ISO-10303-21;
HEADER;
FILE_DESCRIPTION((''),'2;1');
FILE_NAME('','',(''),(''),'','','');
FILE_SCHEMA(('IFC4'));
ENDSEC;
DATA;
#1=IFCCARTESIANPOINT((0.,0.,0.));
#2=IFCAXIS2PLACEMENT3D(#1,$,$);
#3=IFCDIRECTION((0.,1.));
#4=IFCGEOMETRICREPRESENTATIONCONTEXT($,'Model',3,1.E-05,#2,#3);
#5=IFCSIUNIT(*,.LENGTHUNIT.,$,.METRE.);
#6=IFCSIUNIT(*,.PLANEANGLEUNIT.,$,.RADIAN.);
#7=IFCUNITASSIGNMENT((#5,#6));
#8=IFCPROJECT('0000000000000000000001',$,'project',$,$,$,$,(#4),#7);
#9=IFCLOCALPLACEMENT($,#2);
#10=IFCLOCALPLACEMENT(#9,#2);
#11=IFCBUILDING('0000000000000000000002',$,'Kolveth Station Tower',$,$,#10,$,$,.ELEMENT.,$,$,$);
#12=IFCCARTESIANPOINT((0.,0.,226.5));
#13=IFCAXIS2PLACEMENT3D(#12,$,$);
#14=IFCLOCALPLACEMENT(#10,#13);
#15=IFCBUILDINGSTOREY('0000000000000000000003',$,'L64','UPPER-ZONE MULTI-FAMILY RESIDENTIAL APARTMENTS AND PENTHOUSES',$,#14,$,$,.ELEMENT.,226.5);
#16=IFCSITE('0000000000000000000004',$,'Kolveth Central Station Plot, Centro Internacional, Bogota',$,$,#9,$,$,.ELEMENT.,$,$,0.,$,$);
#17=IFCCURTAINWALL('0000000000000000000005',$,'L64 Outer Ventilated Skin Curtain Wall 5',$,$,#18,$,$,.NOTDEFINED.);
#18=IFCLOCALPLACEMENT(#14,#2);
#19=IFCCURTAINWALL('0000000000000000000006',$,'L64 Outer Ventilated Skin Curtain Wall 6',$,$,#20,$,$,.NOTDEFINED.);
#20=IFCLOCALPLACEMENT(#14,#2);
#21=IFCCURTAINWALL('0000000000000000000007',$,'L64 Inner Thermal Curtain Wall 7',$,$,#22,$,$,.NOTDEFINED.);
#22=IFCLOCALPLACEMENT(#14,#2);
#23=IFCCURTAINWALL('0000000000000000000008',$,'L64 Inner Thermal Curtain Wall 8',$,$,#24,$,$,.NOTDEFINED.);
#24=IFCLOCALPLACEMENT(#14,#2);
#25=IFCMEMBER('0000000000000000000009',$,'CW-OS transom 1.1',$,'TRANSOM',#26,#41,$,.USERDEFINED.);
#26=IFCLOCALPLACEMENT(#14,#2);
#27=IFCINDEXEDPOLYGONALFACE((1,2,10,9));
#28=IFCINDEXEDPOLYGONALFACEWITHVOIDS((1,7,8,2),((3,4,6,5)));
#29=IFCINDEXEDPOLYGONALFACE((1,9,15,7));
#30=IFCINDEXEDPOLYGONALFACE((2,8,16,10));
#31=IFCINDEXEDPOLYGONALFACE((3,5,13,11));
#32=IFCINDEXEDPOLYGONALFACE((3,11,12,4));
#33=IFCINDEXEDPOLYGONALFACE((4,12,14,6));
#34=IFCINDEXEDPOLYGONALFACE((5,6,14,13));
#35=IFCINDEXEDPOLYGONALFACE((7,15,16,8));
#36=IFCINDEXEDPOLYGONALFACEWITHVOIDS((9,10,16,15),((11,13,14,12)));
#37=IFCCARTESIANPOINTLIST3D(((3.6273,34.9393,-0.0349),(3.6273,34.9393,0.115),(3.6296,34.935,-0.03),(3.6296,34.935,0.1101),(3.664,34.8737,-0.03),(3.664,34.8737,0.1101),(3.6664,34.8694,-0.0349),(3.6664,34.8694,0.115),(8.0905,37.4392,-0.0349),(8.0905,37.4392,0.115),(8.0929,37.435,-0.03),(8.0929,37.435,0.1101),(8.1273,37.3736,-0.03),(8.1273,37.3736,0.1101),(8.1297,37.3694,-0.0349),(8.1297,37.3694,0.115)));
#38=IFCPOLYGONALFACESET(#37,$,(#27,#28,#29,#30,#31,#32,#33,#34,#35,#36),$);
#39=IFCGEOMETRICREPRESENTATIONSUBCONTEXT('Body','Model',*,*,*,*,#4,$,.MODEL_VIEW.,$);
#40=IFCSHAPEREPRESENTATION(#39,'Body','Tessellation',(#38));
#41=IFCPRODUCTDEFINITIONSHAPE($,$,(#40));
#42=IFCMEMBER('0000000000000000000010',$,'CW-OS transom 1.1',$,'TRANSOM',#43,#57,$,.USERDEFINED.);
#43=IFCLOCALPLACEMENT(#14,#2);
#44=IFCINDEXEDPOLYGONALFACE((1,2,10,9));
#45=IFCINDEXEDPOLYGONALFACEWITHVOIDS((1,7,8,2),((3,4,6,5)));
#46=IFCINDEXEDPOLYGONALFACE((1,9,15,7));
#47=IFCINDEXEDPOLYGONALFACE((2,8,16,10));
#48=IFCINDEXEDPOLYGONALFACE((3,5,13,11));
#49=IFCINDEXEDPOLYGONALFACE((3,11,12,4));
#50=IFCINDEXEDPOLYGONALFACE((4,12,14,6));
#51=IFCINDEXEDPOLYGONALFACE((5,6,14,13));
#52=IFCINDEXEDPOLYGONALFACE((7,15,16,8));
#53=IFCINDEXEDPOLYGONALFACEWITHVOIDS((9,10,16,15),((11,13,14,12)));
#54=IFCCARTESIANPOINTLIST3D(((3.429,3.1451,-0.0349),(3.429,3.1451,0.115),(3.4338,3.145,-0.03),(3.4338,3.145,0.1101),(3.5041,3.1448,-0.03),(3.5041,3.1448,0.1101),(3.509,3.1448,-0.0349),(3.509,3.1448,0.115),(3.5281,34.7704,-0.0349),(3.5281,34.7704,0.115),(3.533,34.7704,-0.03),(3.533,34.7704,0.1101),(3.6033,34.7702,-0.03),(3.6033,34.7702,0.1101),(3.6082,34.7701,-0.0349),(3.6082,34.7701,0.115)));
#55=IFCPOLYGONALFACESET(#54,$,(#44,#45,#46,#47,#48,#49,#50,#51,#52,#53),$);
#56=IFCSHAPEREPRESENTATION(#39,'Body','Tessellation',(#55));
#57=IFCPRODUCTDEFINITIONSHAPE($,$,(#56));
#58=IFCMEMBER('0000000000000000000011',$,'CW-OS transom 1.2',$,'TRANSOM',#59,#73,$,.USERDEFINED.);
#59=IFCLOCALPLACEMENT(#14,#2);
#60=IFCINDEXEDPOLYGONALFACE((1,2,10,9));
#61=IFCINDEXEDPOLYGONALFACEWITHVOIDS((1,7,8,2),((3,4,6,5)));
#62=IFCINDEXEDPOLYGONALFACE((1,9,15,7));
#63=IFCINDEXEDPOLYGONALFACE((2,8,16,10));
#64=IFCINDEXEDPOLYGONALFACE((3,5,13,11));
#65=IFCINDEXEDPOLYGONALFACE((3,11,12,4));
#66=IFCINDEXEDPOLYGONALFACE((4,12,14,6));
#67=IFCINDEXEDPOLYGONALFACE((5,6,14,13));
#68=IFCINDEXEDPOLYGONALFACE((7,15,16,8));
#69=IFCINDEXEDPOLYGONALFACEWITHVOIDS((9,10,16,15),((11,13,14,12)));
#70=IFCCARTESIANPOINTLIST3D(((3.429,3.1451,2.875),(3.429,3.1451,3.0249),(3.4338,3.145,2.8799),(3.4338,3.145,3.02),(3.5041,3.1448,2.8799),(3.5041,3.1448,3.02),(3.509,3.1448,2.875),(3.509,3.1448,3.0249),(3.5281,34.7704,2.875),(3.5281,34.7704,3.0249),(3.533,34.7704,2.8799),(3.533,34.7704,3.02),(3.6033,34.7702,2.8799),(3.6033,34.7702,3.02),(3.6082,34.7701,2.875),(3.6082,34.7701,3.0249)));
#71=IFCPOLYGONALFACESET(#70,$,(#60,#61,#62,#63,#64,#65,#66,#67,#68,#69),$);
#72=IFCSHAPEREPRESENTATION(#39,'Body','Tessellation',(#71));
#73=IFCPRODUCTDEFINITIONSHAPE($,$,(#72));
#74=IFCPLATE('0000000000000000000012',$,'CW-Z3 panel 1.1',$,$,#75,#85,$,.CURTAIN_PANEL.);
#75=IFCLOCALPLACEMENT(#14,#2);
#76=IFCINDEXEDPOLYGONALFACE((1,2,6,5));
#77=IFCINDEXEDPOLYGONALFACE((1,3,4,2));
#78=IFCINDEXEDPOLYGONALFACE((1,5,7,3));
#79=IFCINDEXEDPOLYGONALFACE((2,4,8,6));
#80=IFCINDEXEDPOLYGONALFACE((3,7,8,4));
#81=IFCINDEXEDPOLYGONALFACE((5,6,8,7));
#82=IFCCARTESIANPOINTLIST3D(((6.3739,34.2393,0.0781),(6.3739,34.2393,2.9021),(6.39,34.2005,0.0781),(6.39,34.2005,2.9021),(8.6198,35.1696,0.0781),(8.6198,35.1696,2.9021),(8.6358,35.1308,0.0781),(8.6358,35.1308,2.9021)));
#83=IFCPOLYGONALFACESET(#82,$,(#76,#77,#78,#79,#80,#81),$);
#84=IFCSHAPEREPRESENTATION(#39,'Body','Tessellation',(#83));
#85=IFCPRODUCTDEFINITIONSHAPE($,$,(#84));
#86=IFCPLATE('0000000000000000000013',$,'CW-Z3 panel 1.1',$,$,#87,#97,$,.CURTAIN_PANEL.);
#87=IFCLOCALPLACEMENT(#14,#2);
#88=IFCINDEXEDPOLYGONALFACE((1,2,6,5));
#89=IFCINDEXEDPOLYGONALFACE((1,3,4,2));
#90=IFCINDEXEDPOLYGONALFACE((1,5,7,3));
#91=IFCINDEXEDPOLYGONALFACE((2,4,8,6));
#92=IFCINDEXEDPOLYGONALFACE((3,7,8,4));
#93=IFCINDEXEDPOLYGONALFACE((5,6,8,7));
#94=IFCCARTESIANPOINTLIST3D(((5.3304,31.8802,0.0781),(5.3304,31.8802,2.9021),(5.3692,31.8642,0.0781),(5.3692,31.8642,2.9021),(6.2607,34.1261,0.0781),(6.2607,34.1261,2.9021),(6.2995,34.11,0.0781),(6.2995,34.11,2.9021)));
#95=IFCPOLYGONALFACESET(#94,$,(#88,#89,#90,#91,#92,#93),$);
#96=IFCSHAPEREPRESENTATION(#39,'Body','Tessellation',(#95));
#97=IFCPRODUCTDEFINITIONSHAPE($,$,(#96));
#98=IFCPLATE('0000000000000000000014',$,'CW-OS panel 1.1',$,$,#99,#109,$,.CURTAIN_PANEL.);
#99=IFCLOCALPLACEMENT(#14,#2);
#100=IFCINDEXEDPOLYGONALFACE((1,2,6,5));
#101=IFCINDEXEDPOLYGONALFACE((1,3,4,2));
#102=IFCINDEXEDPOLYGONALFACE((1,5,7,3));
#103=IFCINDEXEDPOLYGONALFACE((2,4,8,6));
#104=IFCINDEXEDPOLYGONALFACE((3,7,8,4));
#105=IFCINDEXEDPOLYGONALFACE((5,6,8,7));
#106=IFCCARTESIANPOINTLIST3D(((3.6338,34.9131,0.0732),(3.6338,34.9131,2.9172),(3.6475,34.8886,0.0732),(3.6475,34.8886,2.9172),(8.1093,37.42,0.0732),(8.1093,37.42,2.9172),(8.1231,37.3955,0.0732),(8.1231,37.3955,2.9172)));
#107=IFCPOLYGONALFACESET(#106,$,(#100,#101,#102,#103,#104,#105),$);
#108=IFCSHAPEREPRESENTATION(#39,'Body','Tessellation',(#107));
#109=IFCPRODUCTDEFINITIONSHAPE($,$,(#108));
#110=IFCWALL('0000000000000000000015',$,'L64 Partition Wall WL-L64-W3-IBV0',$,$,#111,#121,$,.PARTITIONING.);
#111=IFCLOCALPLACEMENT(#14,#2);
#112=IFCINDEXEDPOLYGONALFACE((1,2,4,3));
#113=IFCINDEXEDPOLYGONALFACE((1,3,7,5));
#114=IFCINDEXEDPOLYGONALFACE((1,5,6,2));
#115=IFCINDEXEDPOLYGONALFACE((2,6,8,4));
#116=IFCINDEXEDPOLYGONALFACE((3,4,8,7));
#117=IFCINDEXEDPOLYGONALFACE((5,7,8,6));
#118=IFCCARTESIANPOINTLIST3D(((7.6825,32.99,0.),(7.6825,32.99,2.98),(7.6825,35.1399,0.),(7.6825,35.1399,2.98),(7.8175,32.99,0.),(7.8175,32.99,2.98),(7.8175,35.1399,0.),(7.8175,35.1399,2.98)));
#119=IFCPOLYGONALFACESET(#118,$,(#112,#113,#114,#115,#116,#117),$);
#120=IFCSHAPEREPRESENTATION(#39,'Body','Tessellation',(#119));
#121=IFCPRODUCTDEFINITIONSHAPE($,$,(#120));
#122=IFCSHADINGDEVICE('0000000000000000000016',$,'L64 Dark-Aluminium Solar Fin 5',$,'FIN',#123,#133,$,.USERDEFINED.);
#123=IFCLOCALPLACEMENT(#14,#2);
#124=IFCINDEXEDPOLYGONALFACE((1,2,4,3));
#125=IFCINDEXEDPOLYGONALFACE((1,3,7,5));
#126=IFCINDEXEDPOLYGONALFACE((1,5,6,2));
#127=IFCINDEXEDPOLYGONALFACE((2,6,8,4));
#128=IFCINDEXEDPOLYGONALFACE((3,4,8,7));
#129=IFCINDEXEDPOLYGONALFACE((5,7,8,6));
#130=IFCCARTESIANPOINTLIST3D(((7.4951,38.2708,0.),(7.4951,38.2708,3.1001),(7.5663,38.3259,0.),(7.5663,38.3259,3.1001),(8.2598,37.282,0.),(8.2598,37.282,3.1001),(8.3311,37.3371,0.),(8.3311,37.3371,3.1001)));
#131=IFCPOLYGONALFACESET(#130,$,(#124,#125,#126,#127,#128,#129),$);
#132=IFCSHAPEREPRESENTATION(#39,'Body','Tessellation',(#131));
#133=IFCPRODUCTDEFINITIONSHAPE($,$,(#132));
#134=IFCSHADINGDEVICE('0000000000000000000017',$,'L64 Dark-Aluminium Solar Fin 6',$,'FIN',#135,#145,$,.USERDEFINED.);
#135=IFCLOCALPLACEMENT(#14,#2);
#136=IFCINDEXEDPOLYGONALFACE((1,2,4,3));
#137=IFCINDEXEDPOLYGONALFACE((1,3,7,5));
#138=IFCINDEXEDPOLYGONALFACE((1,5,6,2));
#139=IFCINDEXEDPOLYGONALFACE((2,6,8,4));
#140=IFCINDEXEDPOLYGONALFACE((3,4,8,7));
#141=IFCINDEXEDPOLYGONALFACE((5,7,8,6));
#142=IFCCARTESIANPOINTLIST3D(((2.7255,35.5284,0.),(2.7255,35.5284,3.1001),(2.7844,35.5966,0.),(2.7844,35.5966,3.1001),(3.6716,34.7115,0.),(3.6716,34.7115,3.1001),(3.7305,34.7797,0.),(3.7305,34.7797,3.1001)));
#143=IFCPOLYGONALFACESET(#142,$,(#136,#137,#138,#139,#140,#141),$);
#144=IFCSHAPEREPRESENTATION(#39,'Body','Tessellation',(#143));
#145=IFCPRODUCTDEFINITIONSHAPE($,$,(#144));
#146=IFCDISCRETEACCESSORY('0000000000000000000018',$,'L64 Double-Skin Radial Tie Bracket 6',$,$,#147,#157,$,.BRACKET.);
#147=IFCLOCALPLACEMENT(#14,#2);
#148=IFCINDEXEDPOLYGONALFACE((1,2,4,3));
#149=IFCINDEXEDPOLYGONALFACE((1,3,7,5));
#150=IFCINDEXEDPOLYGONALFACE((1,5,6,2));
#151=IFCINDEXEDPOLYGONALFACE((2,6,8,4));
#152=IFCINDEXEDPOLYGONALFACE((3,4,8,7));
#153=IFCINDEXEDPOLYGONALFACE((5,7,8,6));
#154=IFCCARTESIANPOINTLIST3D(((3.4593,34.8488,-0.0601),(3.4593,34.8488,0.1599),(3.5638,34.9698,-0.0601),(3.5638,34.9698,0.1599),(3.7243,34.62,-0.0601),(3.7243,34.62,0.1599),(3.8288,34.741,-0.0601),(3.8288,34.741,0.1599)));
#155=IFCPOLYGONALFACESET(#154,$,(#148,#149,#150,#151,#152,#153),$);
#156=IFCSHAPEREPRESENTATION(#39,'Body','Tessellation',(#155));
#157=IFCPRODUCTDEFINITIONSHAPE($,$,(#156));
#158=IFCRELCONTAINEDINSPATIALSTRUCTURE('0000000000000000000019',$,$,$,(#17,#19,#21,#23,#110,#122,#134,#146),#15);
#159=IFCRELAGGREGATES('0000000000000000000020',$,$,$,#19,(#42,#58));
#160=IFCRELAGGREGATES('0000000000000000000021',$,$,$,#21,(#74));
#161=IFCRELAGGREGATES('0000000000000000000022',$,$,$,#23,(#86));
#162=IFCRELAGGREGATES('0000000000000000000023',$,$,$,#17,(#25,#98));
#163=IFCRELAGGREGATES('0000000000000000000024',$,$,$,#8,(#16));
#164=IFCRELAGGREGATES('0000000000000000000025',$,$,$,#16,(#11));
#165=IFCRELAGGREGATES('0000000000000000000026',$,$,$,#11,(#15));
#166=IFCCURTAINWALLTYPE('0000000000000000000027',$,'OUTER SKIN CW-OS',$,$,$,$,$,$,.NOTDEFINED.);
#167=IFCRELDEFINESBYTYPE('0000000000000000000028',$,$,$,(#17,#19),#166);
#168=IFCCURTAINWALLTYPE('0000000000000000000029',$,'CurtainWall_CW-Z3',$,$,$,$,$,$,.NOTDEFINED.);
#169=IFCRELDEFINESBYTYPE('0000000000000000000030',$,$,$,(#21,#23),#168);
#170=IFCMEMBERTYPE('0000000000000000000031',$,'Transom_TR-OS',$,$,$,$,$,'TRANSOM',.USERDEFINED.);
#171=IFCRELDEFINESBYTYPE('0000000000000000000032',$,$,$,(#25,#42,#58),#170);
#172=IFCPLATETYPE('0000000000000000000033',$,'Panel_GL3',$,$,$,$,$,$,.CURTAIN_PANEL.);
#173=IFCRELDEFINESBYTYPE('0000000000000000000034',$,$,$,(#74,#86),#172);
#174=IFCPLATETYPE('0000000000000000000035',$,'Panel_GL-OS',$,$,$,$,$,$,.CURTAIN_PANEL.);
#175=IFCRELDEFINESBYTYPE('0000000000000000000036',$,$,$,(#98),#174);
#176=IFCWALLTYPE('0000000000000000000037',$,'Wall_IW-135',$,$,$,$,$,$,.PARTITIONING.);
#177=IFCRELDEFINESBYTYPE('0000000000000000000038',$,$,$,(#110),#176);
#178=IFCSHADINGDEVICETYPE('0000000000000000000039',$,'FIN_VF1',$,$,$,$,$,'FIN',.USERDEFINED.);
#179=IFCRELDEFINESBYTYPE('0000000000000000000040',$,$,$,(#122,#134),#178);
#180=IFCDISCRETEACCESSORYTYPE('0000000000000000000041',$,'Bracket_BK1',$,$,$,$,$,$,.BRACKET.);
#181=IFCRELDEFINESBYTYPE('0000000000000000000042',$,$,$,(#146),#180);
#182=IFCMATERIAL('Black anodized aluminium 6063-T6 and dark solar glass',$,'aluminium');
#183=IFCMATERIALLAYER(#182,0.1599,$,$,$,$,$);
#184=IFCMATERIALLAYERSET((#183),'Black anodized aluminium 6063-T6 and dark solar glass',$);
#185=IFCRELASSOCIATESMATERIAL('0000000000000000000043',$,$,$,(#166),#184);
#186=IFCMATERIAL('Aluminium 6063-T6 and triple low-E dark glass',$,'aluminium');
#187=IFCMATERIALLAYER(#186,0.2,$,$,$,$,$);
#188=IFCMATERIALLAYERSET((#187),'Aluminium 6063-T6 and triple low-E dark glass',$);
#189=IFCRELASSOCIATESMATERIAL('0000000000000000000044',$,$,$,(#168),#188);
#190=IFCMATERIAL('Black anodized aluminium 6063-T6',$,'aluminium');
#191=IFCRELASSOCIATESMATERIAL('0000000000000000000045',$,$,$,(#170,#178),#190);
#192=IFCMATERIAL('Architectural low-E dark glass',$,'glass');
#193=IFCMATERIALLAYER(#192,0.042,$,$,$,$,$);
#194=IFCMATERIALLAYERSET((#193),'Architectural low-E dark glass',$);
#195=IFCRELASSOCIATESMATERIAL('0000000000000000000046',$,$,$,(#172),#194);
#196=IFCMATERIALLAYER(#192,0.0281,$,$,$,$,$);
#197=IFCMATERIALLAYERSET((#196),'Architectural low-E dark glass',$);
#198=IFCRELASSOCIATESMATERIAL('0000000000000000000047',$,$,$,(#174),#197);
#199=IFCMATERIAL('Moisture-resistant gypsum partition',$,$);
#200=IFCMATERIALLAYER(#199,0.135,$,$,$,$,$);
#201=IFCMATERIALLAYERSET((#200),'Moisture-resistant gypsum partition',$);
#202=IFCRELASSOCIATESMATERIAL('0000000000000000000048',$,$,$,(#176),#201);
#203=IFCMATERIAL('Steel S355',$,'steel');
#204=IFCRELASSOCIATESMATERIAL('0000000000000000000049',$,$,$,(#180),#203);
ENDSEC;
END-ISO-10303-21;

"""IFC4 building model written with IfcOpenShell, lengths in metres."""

from ifc_helpers import new_model, si_unit, direction, frame, frame_2d, origin, origin_2d, place, context, subcontext, project, spatial, rectangle, hollow_rectangle, extrude, source, transform, mapped, material, layer, layer_set, material_profile, profile_set, type_object, element, aggregate, save


model = new_model("IFC4")

# Units and contexts
model_context = context("Model", 3, precision=1e-05, world=origin(), true_north=direction((0.0, 1.0)))
body_context = subcontext(model_context, "Body", "Model", "MODEL_VIEW")
ifc_project = project(units=[si_unit("LENGTHUNIT", "METRE"), si_unit("PLANEANGLEUNIT", "RADIAN")], contexts=[model_context])

# Site, building, storey
site_placement = place(None, origin())
site = spatial("IfcSite", under=ifc_project, at=site_placement, Name="Kolveth Central Station Plot, Centro Internacional, Bogota", CompositionType="ELEMENT", RefElevation=0.0)
building_placement = place(site_placement, origin())
building = spatial("IfcBuilding", under=site, at=building_placement, Name="Kolveth Station Tower", CompositionType="ELEMENT")
storey_placement = place(building_placement, frame((0.0, 0.0, 226.5)))
storey = spatial("IfcBuildingStorey", under=building, at=storey_placement, Name="L64", Description="UPPER-ZONE MULTI-FAMILY RESIDENTIAL APARTMENTS AND PENTHOUSES", CompositionType="ELEMENT", Elevation=226.5)

# Curtain walls
ifc_material_1 = material(Name="Black anodized aluminium 6063-T6 and dark solar glass", Category="aluminium")
ifc_layer_1 = layer(ifc_material_1, 0.1599)
ifc_layer_set_1 = layer_set([ifc_layer_1], Name="Black anodized aluminium 6063-T6 and dark solar glass")
curtain_wall_type_1 = type_object("IfcCurtainWallType", Name="OUTER SKIN CW-OS", PredefinedType="NOTDEFINED", material=ifc_layer_set_1)
curtain_wall_1_placement = place(storey_placement, origin())
curtain_wall_1 = element("IfcCurtainWall", 1, at=curtain_wall_1_placement, inside=storey, type_object=curtain_wall_type_1, Name="L64 Outer Ventilated Skin Curtain Wall 5", PredefinedType="NOTDEFINED")
ifc_material_2 = material(Name="Black anodized aluminium 6063-T6", Category="aluminium")
curtain_wall_2_placement = place(storey_placement, origin())
curtain_wall_2 = element("IfcCurtainWall", 2, at=curtain_wall_2_placement, inside=storey, type_object=curtain_wall_type_1, Name="L64 Outer Ventilated Skin Curtain Wall 6", PredefinedType="NOTDEFINED")
ifc_material_3 = material(Name="Aluminium 6063-T6 and triple low-E dark glass", Category="aluminium")
ifc_layer_2 = layer(ifc_material_3, 0.2)
ifc_layer_set_2 = layer_set([ifc_layer_2], Name="Aluminium 6063-T6 and triple low-E dark glass")
curtain_wall_type_2 = type_object("IfcCurtainWallType", Name="CurtainWall_CW-Z3", PredefinedType="NOTDEFINED", material=ifc_layer_set_2)
curtain_wall_3_placement = place(storey_placement, origin())
curtain_wall_3 = element("IfcCurtainWall", 3, at=curtain_wall_3_placement, inside=storey, type_object=curtain_wall_type_2, Name="L64 Inner Thermal Curtain Wall 7", PredefinedType="NOTDEFINED")

# Curtain wall
curtain_wall_4_placement = place(storey_placement, origin())
curtain_wall_4 = element("IfcCurtainWall", 4, at=curtain_wall_4_placement, inside=storey, type_object=curtain_wall_type_2, Name="L64 Inner Thermal Curtain Wall 8", PredefinedType="NOTDEFINED")

# Members
ifc_material_profile_1 = material_profile(ifc_material_2, hollow_rectangle(XDim=0.0801, YDim=0.1499, WallThickness=0.0049, at=origin_2d()), Name="ALU-80x150x5")
ifc_profile_set_1 = profile_set([ifc_material_profile_1], Name="Black anodized aluminium 6063-T6")
member_type_1 = type_object("IfcMemberType", Name="Transom_TR-OS", ElementType="TRANSOM", PredefinedType="USERDEFINED", material=ifc_profile_set_1)
shared_shape_1 = source(origin(), body_context, "Body", "SweptSolid", [
    extrude(hollow_rectangle(XDim=0.0801, YDim=0.1499, WallThickness=0.0049, at=origin_2d()), origin(), (0.0, 0.0, 1.0), 5.1157),
])
member_1_placement = place(storey_placement, frame((8.1101, 37.4043, 0.04), z_axis=(-0.872464, -0.488679, 0.0), x_axis=(0.488679, -0.872464, 0.0)))
member_1 = element("IfcMember", 5, at=member_1_placement, type_object=member_type_1, Name="CW-OS transom 1.1", ObjectType="TRANSOM", PredefinedType="USERDEFINED", context=body_context, shape_type="MappedRepresentation", body=[
    mapped(shared_shape_1, transform((0.0, 0.0, 0.0), x_axis=(1.0, 0.0, 0.0), y_axis=(0.0, 1.0, 0.0), z_axis=(0.0, 0.0, 1.0), scale=1.0)),
])
shared_shape_2 = source(origin(), body_context, "Body", "SweptSolid", [
    extrude(hollow_rectangle(XDim=0.0801, YDim=0.1499, WallThickness=0.0049, at=origin_2d()), origin(), (0.0, 0.0, 1.0), 31.6255),
])
member_2_placement = place(storey_placement, frame((3.5681, 34.7703, 0.04), z_axis=(-0.003134, -0.999995, 0.0), x_axis=(0.999995, -0.003134, 0.0)))
member_2 = element("IfcMember", 6, at=member_2_placement, type_object=member_type_1, Name="CW-OS transom 1.1", ObjectType="TRANSOM", PredefinedType="USERDEFINED", context=body_context, shape_type="MappedRepresentation", body=[
    mapped(shared_shape_2, transform((0.0, 0.0, 0.0), x_axis=(1.0, 0.0, 0.0), y_axis=(0.0, 1.0, 0.0), z_axis=(0.0, 0.0, 1.0), scale=1.0)),
])
member_3_placement = place(storey_placement, frame((3.5681, 34.7703, 2.95), z_axis=(-0.003134, -0.999995, 0.0), x_axis=(0.999995, -0.003134, 0.0)))
member_3 = element("IfcMember", 7, at=member_3_placement, type_object=member_type_1, Name="CW-OS transom 1.2", ObjectType="TRANSOM", PredefinedType="USERDEFINED", context=body_context, shape_type="MappedRepresentation", body=[
    mapped(shared_shape_2, transform((0.0, 0.0, 0.0), x_axis=(1.0, 0.0, 0.0), y_axis=(0.0, 1.0, 0.0), z_axis=(0.0, 0.0, 1.0), scale=1.0)),
])
aggregate(curtain_wall_2, [member_2, member_3])

# Plates
ifc_material_4 = material(Name="Architectural low-E dark glass", Category="glass")
ifc_layer_3 = layer(ifc_material_4, 0.042)
ifc_layer_set_3 = layer_set([ifc_layer_3], Name="Architectural low-E dark glass")
plate_type_1 = type_object("IfcPlateType", Name="Panel_GL3", PredefinedType="CURTAIN_PANEL", material=ifc_layer_set_3)
shared_shape_3 = source(origin(), body_context, "Body", "SweptSolid", [
    extrude(rectangle(XDim=2.4309, YDim=0.042, at=origin_2d()), origin(), (0.0, 0.0, 1.0), 2.824),
])
plate_1_placement = place(storey_placement, frame((7.5049, 34.6851, 0.0781), z_axis=(0.0, 0.0, 1.0), x_axis=(-0.923875, -0.382693, 0.0)))
plate_1 = element("IfcPlate", 8, at=plate_1_placement, type_object=plate_type_1, Name="CW-Z3 panel 1.1", PredefinedType="CURTAIN_PANEL", context=body_context, shape_type="MappedRepresentation", body=[
    mapped(shared_shape_3, transform((0.0, 0.0, 0.0), x_axis=(1.0, 0.0, 0.0), y_axis=(0.0, 1.0, 0.0), z_axis=(0.0, 0.0, 1.0), scale=1.0)),
])
aggregate(curtain_wall_3, [plate_1])
plate_2_placement = place(storey_placement, frame((5.8149, 32.9951, 0.0781), z_axis=(0.0, 0.0, 1.0), x_axis=(-0.382693, -0.923875, 0.0)))
plate_2 = element("IfcPlate", 9, at=plate_2_placement, type_object=plate_type_1, Name="CW-Z3 panel 1.1", PredefinedType="CURTAIN_PANEL", context=body_context, shape_type="MappedRepresentation", body=[
    mapped(shared_shape_3, transform((0.0, 0.0, 0.0), x_axis=(1.0, 0.0, 0.0), y_axis=(0.0, 1.0, 0.0), z_axis=(0.0, 0.0, 1.0), scale=1.0)),
])
aggregate(curtain_wall_4, [plate_2])
ifc_layer_4 = layer(ifc_material_4, 0.0281)
ifc_layer_set_4 = layer_set([ifc_layer_4], Name="Architectural low-E dark glass")
plate_type_2 = type_object("IfcPlateType", Name="Panel_GL-OS", PredefinedType="CURTAIN_PANEL", material=ifc_layer_set_4)
shared_shape_4 = source(origin(), body_context, "Body", "SweptSolid", [
    extrude(rectangle(XDim=5.1299, YDim=0.0281, at=origin_2d()), origin(), (0.0, 0.0, 1.0), 2.844),
])
plate_3_placement = place(storey_placement, frame((5.8784, 36.1543, 0.0732), z_axis=(0.0, 0.0, 1.0), x_axis=(-0.872452, -0.488701, 0.0)))
plate_3 = element("IfcPlate", 10, at=plate_3_placement, type_object=plate_type_2, Name="CW-OS panel 1.1", PredefinedType="CURTAIN_PANEL", context=body_context, shape_type="MappedRepresentation", body=[
    mapped(shared_shape_4, transform((0.0, 0.0, 0.0), x_axis=(1.0, 0.0, 0.0), y_axis=(0.0, 1.0, 0.0), z_axis=(0.0, 0.0, 1.0), scale=1.0)),
])
aggregate(curtain_wall_1, [member_1, plate_3])

# Shared definitions
ifc_material_5 = material(Name="Moisture-resistant gypsum partition")
ifc_layer_5 = layer(ifc_material_5, 0.135)
ifc_layer_set_5 = layer_set([ifc_layer_5], Name="Moisture-resistant gypsum partition")
wall_type = type_object("IfcWallType", Name="Wall_IW-135", PredefinedType="PARTITIONING", material=ifc_layer_set_5)

# Wall
wall_1_placement = place(storey_placement, frame((7.75, 32.99, 0.0), z_axis=(0.0, 0.0, 1.0), x_axis=(0.0, 1.0, 0.0)))
element("IfcWall", 11, at=wall_1_placement, inside=storey, type_object=wall_type, Name="L64 Partition Wall WL-L64-W3-IBV0", PredefinedType="PARTITIONING", context=body_context, shape_type="SweptSolid", body=[
    extrude(rectangle(XDim=2.1499, YDim=0.135, at=frame_2d((1.075, 0.0))), origin(), (0.0, 0.0, 1.0), 2.98),
])

# Shading devices
shading_device_type = type_object("IfcShadingDeviceType", Name="FIN_VF1", ElementType="FIN", PredefinedType="USERDEFINED", material=ifc_material_2)
shared_shape_5 = source(origin(), body_context, "Body", "SweptSolid", [
    extrude(rectangle(XDim=1.25, YDim=0.0901, at=origin_2d()), origin(), (0.0, 0.0, 1.0), 3.1001),
])
for number, where, z_axis, x_axis, name in (
    (12, (7.9131, 37.804, 0.0), (0.0, 0.0, 1.0), (-0.611803, 0.79101, 0.0), "L64 Dark-Aluminium Solar Fin 5"),
    (13, (3.228, 35.1541, 0.0), (0.0, 0.0, 1.0), (-0.756881, 0.653553, 0.0), "L64 Dark-Aluminium Solar Fin 6"),
):
    element("IfcShadingDevice", number, at=place(storey_placement, frame(where, z_axis=z_axis, x_axis=x_axis)), inside=storey, type_object=shading_device_type, Name=name, ObjectType="FIN", PredefinedType="USERDEFINED", context=body_context, shape_type="MappedRepresentation", body=[
        mapped(shared_shape_5, transform((0.0, 0.0, 0.0), x_axis=(1.0, 0.0, 0.0), y_axis=(0.0, 1.0, 0.0), z_axis=(0.0, 0.0, 1.0), scale=1.0)),
    ])

# Discrete accessory
ifc_material_6 = material(Name="Steel S355", Category="steel")
discrete_accessory_type = type_object("IfcDiscreteAccessoryType", Name="Bracket_BK1", PredefinedType="BRACKET", material=ifc_material_6)
shared_shape_6 = source(origin(), body_context, "Body", "SweptSolid", [
    extrude(rectangle(XDim=0.3501, YDim=0.1599, at=origin_2d()), origin(), (0.0, 0.0, 1.0), 0.22),
])
discrete_accessory_placement = place(storey_placement, frame((3.644, 34.7949, -0.0601), z_axis=(0.0, 0.0, 1.0), x_axis=(-0.756881, 0.653553, 0.0)))
element("IfcDiscreteAccessory", 14, at=discrete_accessory_placement, inside=storey, type_object=discrete_accessory_type, Name="L64 Double-Skin Radial Tie Bracket 6", PredefinedType="BRACKET", context=body_context, shape_type="MappedRepresentation", body=[
    mapped(shared_shape_6, transform((0.0, 0.0, 0.0), x_axis=(1.0, 0.0, 0.0), y_axis=(0.0, 1.0, 0.0), z_axis=(0.0, 0.0, 1.0), scale=1.0)),
])

save(model, "model.ifc")
